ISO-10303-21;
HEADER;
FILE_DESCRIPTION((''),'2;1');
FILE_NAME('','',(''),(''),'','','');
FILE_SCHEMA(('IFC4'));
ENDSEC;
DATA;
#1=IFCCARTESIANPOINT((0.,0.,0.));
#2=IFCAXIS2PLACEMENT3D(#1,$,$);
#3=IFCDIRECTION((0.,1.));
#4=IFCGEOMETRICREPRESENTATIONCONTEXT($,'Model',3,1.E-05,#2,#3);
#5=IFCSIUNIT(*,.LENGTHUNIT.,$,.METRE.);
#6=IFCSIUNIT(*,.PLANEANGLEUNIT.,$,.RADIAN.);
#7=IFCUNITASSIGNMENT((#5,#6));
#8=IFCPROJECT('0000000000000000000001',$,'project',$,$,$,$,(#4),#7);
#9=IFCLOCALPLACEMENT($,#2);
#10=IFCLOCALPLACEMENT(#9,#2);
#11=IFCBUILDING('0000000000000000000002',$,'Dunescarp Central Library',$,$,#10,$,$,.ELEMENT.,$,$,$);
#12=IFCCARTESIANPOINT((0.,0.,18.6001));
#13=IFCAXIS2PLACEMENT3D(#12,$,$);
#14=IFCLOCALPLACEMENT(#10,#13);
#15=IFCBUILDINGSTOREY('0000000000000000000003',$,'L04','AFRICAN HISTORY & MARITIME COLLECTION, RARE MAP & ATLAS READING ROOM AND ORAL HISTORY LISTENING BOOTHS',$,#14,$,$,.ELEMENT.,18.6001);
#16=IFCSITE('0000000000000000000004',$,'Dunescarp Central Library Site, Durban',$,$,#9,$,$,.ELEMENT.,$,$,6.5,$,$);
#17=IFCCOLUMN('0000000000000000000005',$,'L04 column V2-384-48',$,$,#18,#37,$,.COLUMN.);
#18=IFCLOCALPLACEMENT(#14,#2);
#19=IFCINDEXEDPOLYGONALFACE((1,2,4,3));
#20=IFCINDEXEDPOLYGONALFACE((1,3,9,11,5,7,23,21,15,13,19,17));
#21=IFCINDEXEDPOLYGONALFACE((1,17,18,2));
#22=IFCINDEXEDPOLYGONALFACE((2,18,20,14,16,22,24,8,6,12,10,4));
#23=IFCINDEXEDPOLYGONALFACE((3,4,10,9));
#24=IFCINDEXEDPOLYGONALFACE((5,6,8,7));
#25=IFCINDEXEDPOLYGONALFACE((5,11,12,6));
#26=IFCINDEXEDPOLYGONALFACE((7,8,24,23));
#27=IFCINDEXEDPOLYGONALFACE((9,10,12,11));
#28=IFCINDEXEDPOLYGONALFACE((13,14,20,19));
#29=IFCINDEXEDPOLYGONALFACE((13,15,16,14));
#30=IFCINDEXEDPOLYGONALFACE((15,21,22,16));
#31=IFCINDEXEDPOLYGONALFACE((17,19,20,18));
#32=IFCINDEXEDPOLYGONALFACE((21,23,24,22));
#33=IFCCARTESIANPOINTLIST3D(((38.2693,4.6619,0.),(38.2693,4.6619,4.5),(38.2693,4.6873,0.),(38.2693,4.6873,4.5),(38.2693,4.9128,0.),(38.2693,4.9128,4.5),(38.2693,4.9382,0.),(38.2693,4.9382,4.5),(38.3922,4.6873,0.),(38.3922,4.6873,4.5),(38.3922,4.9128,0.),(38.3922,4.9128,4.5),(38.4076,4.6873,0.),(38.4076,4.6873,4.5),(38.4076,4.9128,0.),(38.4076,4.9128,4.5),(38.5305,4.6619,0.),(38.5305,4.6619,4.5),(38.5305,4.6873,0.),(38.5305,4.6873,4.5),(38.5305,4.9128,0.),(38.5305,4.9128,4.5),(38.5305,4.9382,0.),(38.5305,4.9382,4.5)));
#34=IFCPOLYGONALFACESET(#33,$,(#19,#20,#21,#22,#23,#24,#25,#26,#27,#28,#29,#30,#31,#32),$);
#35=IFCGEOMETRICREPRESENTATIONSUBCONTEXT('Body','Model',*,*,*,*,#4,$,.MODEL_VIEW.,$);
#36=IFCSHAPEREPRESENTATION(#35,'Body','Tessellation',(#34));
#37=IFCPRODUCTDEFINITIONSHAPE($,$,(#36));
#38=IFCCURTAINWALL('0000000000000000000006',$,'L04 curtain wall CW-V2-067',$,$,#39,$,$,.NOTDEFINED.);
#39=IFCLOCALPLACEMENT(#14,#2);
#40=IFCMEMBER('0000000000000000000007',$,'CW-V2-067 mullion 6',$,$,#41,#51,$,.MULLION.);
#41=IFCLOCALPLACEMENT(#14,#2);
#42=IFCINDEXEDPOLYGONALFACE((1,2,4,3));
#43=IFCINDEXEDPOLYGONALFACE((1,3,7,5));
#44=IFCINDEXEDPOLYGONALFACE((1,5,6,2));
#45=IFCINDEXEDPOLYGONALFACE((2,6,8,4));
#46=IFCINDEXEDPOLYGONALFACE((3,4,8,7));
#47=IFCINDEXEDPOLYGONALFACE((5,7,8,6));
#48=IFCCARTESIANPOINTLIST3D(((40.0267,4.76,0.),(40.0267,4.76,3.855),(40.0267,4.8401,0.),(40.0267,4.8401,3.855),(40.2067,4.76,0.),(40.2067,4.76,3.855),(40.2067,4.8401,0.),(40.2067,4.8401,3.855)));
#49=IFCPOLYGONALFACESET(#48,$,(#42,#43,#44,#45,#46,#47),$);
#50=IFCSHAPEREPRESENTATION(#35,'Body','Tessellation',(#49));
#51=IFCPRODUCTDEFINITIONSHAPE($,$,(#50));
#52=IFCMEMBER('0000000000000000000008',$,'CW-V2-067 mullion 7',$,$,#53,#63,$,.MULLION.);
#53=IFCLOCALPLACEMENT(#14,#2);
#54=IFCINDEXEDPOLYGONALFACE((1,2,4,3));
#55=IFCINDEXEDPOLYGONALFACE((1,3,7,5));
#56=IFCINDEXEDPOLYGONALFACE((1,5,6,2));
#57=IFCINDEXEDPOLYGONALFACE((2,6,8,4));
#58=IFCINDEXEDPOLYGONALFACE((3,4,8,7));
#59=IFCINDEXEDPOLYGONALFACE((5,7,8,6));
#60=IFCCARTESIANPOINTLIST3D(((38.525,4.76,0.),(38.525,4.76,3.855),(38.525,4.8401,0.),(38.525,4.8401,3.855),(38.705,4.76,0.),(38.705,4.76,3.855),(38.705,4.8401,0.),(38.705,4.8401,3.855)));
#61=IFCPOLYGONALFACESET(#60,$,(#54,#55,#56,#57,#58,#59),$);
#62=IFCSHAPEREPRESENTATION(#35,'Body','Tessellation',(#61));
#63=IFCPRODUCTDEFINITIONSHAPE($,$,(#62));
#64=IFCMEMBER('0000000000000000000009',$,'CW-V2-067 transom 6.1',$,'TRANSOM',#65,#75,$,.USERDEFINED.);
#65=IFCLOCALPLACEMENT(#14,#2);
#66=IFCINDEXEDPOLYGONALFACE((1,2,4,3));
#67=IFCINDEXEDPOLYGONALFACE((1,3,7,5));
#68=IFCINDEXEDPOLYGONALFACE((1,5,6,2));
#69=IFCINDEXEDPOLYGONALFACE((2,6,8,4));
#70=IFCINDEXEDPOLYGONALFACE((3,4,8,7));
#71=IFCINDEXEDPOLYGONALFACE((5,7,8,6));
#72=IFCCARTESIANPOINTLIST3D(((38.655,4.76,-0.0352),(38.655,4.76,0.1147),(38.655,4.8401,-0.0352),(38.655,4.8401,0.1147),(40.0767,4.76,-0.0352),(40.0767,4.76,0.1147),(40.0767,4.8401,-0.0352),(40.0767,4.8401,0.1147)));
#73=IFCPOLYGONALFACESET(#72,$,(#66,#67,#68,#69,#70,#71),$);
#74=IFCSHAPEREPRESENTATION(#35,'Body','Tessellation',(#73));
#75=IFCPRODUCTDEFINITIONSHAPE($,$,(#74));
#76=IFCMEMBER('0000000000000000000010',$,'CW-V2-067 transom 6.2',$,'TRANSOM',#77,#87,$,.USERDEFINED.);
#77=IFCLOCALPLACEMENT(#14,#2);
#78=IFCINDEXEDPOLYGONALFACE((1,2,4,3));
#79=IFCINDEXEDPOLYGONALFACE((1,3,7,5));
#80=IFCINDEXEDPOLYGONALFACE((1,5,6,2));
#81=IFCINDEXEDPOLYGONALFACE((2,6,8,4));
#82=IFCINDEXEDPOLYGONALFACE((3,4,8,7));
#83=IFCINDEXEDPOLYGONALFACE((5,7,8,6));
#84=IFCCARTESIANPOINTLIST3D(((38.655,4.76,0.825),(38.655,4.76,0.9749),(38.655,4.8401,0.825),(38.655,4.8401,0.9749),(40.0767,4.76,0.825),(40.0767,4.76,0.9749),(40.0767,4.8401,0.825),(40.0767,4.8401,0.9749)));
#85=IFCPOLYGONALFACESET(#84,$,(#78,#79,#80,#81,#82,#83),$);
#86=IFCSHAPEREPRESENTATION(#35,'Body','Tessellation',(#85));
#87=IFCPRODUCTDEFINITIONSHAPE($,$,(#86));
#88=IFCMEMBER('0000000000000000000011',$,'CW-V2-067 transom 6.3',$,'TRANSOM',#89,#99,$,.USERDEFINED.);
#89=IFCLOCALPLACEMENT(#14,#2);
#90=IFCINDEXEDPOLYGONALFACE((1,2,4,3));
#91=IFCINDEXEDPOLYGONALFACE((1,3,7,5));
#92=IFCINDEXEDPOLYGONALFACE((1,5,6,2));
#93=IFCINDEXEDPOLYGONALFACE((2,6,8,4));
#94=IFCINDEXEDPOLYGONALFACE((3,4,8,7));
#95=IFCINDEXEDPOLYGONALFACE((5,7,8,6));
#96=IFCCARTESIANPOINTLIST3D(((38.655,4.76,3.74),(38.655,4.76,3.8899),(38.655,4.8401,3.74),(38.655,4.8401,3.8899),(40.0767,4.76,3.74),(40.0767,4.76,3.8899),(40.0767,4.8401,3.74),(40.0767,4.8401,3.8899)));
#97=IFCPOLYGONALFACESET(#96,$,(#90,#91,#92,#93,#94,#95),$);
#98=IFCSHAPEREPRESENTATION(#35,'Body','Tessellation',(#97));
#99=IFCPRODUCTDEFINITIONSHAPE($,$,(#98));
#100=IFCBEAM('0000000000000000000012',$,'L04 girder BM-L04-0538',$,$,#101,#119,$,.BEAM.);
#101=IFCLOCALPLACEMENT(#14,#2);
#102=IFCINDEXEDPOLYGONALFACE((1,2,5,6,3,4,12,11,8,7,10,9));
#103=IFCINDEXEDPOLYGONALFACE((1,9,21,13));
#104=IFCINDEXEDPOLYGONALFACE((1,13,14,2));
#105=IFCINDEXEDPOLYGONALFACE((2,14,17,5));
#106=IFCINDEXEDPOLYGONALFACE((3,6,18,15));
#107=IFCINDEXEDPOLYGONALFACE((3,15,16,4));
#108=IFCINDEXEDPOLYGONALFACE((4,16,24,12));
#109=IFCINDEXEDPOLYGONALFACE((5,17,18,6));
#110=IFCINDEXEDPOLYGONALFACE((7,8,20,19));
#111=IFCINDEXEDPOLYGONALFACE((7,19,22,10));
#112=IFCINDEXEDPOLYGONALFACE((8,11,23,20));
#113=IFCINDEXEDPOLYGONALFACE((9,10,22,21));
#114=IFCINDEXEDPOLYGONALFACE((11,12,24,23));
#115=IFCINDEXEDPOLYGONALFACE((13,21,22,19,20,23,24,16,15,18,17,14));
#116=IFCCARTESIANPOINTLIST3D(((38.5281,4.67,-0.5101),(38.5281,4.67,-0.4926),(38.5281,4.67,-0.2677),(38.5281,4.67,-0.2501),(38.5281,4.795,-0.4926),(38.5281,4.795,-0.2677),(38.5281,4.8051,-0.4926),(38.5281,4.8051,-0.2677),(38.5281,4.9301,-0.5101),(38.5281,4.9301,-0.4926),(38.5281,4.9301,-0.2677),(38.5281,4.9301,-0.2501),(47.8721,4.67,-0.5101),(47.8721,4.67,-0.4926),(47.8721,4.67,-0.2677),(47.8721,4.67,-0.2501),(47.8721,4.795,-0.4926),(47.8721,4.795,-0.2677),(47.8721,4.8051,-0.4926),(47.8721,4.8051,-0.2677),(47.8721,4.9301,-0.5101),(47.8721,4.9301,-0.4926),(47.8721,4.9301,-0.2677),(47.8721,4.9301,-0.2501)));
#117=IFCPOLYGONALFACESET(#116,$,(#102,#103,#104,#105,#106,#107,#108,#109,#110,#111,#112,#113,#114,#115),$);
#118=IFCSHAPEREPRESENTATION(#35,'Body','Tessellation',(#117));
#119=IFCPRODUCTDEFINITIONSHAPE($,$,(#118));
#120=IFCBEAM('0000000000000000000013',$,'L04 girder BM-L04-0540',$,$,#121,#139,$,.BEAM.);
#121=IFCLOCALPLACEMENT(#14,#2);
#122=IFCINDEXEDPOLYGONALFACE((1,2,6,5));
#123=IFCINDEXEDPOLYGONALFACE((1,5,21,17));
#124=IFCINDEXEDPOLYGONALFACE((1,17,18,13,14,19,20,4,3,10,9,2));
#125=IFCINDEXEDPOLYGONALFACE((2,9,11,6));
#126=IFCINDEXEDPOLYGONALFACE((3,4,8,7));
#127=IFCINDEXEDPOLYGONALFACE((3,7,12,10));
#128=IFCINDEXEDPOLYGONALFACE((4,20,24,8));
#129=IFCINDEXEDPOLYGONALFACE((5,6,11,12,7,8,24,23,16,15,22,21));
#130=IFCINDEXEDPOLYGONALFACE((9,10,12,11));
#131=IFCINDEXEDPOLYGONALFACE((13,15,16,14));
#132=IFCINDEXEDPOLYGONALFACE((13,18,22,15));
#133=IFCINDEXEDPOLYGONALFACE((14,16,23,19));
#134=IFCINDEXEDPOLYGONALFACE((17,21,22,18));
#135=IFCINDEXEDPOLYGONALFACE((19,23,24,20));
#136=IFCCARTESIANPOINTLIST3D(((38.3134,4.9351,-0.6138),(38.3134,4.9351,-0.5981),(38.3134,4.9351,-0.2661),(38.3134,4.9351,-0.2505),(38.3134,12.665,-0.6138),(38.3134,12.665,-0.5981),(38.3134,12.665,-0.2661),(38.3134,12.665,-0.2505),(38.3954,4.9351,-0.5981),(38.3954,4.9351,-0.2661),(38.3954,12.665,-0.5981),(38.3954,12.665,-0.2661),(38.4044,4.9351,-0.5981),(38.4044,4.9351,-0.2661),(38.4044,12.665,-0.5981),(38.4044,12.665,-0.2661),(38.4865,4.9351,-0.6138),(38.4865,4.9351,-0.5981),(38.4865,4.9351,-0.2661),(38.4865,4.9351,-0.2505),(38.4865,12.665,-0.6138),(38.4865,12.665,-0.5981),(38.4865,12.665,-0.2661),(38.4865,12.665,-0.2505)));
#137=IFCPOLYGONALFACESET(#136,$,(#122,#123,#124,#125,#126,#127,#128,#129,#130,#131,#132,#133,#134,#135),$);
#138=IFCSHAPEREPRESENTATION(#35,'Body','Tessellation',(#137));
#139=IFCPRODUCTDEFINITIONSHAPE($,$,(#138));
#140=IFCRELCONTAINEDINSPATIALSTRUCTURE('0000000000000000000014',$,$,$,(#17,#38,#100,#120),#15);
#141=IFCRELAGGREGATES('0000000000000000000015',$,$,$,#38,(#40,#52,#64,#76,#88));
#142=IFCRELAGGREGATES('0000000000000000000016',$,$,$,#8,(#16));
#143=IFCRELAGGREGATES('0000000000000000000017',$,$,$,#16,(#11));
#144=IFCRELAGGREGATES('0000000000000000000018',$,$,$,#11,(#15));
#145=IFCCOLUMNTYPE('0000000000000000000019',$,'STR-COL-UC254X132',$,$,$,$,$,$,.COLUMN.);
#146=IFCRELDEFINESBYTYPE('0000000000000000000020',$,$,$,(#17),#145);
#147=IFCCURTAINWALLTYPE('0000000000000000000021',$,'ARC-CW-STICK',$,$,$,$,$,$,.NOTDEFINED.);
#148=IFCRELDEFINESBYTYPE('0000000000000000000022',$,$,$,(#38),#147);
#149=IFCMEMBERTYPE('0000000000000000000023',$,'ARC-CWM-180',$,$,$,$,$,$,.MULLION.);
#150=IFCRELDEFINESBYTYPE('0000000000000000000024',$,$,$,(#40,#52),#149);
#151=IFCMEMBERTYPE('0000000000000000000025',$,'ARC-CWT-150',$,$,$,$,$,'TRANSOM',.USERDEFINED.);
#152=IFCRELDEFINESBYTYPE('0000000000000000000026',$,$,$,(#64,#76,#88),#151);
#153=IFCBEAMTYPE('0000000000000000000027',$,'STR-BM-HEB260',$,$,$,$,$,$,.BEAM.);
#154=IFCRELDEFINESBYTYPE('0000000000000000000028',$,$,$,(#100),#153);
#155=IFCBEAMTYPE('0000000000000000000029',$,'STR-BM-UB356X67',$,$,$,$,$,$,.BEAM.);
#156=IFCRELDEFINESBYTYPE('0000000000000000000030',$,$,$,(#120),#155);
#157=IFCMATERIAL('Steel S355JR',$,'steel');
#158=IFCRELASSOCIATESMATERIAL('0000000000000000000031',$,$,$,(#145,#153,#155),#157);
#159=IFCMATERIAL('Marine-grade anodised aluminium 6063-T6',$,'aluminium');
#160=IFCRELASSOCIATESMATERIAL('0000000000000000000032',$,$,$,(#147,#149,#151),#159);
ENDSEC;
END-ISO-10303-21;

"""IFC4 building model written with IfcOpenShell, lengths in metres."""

from ifc_helpers import new_model, si_unit, direction, frame, origin, origin_2d, place, context, subcontext, project, spatial, rectangle, i_section, extrude, material, material_profile, profile_set, type_object, element, aggregate, save


model = new_model("IFC4")

# Units and contexts
model_context = context("Model", 3, precision=1e-05, world=origin(), true_north=direction((0.0, 1.0)))
body_context = subcontext(model_context, "Body", "Model", "MODEL_VIEW")
ifc_project = project(units=[si_unit("LENGTHUNIT", "METRE"), si_unit("PLANEANGLEUNIT", "RADIAN")], contexts=[model_context])

# Site, building, storey
site_placement = place(None, origin())
site = spatial("IfcSite", under=ifc_project, at=site_placement, Name="Dunescarp Central Library Site, Durban", CompositionType="ELEMENT", RefElevation=6.5)
building_placement = place(site_placement, origin())
building = spatial("IfcBuilding", under=site, at=building_placement, Name="Dunescarp Central Library", CompositionType="ELEMENT")
storey_placement = place(building_placement, frame((0.0, 0.0, 18.6001)))
storey = spatial("IfcBuildingStorey", under=building, at=storey_placement, Name="L04", Description="AFRICAN HISTORY & MARITIME COLLECTION, RARE MAP & ATLAS READING ROOM AND ORAL HISTORY LISTENING BOOTHS", CompositionType="ELEMENT", Elevation=18.6001)

# Column
ifc_material_1 = material(Name="Steel S355JR", Category="steel")
ifc_material_profile_1 = material_profile(ifc_material_1, i_section(OverallWidth=0.2612, OverallDepth=0.2764, WebThickness=0.0154, FlangeThickness=0.0254, at=origin_2d()), Name="UC 254x254x132")
ifc_profile_set_1 = profile_set([ifc_material_profile_1], Name="Steel S355JR")
column_type = type_object("IfcColumnType", Name="STR-COL-UC254X132", PredefinedType="COLUMN", material=ifc_profile_set_1)
column_placement = place(storey_placement, frame((38.3999, 4.8, 0.0), z_axis=(0.0, 0.0, 1.0), x_axis=(1.0, 0.0, 0.0)))
element("IfcColumn", 1, at=column_placement, inside=storey, type_object=column_type, Name="L04 column V2-384-48", PredefinedType="COLUMN", context=body_context, shape_type="SweptSolid", body=[
    extrude(i_section(OverallWidth=0.2612, OverallDepth=0.2764, WebThickness=0.0154, FlangeThickness=0.0254, at=origin_2d()), origin(), (0.0, 0.0, 1.0), 4.5),
])

# Curtain wall, members
ifc_material_2 = material(Name="Marine-grade anodised aluminium 6063-T6", Category="aluminium")
curtain_wall_type_1 = type_object("IfcCurtainWallType", Name="ARC-CW-STICK", PredefinedType="NOTDEFINED", material=ifc_material_2)
curtain_wall_1_placement = place(storey_placement, origin())
curtain_wall_1 = element("IfcCurtainWall", 2, at=curtain_wall_1_placement, inside=storey, type_object=curtain_wall_type_1, Name="L04 curtain wall CW-V2-067", PredefinedType="NOTDEFINED")
ifc_material_profile_2 = material_profile(ifc_material_2, rectangle(XDim=0.0801, YDim=0.1799, at=origin_2d()), Name="AL 80x180")
ifc_profile_set_2 = profile_set([ifc_material_profile_2], Name="Marine-grade anodised aluminium 6063-T6")
member_type_1 = type_object("IfcMemberType", Name="ARC-CWM-180", PredefinedType="MULLION", material=ifc_profile_set_2)
member_1_placement = place(storey_placement, frame((40.1167, 4.8, 0.0), z_axis=(0.0, 0.0, 1.0), x_axis=(0.0, -1.0, 0.0)))
member_1 = element("IfcMember", 3, at=member_1_placement, type_object=member_type_1, Name="CW-V2-067 mullion 6", PredefinedType="MULLION", context=body_context, shape_type="SweptSolid", body=[
    extrude(rectangle(XDim=0.0801, YDim=0.1799, at=origin_2d()), origin(), (0.0, 0.0, 1.0), 3.855),
])
member_2_placement = place(storey_placement, frame((38.615, 4.8, 0.0), z_axis=(0.0, 0.0, 1.0), x_axis=(0.0, -1.0, 0.0)))
member_2 = element("IfcMember", 4, at=member_2_placement, type_object=member_type_1, Name="CW-V2-067 mullion 7", PredefinedType="MULLION", context=body_context, shape_type="SweptSolid", body=[
    extrude(rectangle(XDim=0.0801, YDim=0.1799, at=origin_2d()), origin(), (0.0, 0.0, 1.0), 3.855),
])
ifc_material_profile_3 = material_profile(ifc_material_2, rectangle(XDim=0.0801, YDim=0.1499, at=origin_2d()), Name="AL 80x150")
ifc_profile_set_3 = profile_set([ifc_material_profile_3], Name="Marine-grade anodised aluminium 6063-T6")
member_type_2 = type_object("IfcMemberType", Name="ARC-CWT-150", ElementType="TRANSOM", PredefinedType="USERDEFINED", material=ifc_profile_set_3)
member_3_placement = place(storey_placement, frame((40.0767, 4.8, 0.0398), z_axis=(-1.0, 0.0, 0.0), x_axis=(0.0, -1.0, 0.0)))
member_3 = element("IfcMember", 5, at=member_3_placement, type_object=member_type_2, Name="CW-V2-067 transom 6.1", ObjectType="TRANSOM", PredefinedType="USERDEFINED", context=body_context, shape_type="SweptSolid", body=[
    extrude(rectangle(XDim=0.0801, YDim=0.1499, at=origin_2d()), origin(), (0.0, 0.0, 1.0), 1.4216),
])
member_4_placement = place(storey_placement, frame((40.0767, 4.8, 0.8999), z_axis=(-1.0, 0.0, 0.0), x_axis=(0.0, -1.0, 0.0)))
member_4 = element("IfcMember", 6, at=member_4_placement, type_object=member_type_2, Name="CW-V2-067 transom 6.2", ObjectType="TRANSOM", PredefinedType="USERDEFINED", context=body_context, shape_type="SweptSolid", body=[
    extrude(rectangle(XDim=0.0801, YDim=0.1499, at=origin_2d()), origin(), (0.0, 0.0, 1.0), 1.4216),
])
member_5_placement = place(storey_placement, frame((40.0767, 4.8, 3.8149), z_axis=(-1.0, 0.0, 0.0), x_axis=(0.0, -1.0, 0.0)))
member_5 = element("IfcMember", 7, at=member_5_placement, type_object=member_type_2, Name="CW-V2-067 transom 6.3", ObjectType="TRANSOM", PredefinedType="USERDEFINED", context=body_context, shape_type="SweptSolid", body=[
    extrude(rectangle(XDim=0.0801, YDim=0.1499, at=origin_2d()), origin(), (0.0, 0.0, 1.0), 1.4216),
])

# Beams
ifc_material_profile_4 = material_profile(ifc_material_1, i_section(OverallWidth=0.26, OverallDepth=0.26, WebThickness=0.01, FlangeThickness=0.0176, at=origin_2d()), Name="HEB 260")
ifc_profile_set_4 = profile_set([ifc_material_profile_4], Name="Steel S355JR")
beam_type_1 = type_object("IfcBeamType", Name="STR-BM-HEB260", PredefinedType="BEAM", material=ifc_profile_set_4)
beam_1_placement = place(storey_placement, frame((38.5281, 4.8, -0.3801), z_axis=(1.0, 0.0, 0.0), x_axis=(0.0, 1.0, 0.0)))
element("IfcBeam", 8, at=beam_1_placement, inside=storey, type_object=beam_type_1, Name="L04 girder BM-L04-0538", PredefinedType="BEAM", context=body_context, shape_type="SweptSolid", body=[
    extrude(i_section(OverallWidth=0.26, OverallDepth=0.26, WebThickness=0.01, FlangeThickness=0.0176, at=origin_2d()), origin(), (0.0, 0.0, 1.0), 9.344),
])
ifc_material_profile_5 = material_profile(ifc_material_1, i_section(OverallWidth=0.1731, OverallDepth=0.3633, WebThickness=0.009, FlangeThickness=0.0156, at=origin_2d()), Name="UB 356x171x67")
ifc_profile_set_5 = profile_set([ifc_material_profile_5], Name="Steel S355JR")
beam_type_2 = type_object("IfcBeamType", Name="STR-BM-UB356X67", PredefinedType="BEAM", material=ifc_profile_set_5)
beam_2_placement = place(storey_placement, frame((38.3999, 4.9351, -0.4321), z_axis=(0.0, 1.0, 0.0), x_axis=(-1.0, 0.0, 0.0)))
element("IfcBeam", 9, at=beam_2_placement, inside=storey, type_object=beam_type_2, Name="L04 girder BM-L04-0540", PredefinedType="BEAM", context=body_context, shape_type="SweptSolid", body=[
    extrude(i_section(OverallWidth=0.1731, OverallDepth=0.3633, WebThickness=0.009, FlangeThickness=0.0156, at=origin_2d()), origin(), (0.0, 0.0, 1.0), 7.73),
])

aggregate(curtain_wall_1, [member_1, member_2, member_3, member_4, member_5])

save(model, "model.ifc")
